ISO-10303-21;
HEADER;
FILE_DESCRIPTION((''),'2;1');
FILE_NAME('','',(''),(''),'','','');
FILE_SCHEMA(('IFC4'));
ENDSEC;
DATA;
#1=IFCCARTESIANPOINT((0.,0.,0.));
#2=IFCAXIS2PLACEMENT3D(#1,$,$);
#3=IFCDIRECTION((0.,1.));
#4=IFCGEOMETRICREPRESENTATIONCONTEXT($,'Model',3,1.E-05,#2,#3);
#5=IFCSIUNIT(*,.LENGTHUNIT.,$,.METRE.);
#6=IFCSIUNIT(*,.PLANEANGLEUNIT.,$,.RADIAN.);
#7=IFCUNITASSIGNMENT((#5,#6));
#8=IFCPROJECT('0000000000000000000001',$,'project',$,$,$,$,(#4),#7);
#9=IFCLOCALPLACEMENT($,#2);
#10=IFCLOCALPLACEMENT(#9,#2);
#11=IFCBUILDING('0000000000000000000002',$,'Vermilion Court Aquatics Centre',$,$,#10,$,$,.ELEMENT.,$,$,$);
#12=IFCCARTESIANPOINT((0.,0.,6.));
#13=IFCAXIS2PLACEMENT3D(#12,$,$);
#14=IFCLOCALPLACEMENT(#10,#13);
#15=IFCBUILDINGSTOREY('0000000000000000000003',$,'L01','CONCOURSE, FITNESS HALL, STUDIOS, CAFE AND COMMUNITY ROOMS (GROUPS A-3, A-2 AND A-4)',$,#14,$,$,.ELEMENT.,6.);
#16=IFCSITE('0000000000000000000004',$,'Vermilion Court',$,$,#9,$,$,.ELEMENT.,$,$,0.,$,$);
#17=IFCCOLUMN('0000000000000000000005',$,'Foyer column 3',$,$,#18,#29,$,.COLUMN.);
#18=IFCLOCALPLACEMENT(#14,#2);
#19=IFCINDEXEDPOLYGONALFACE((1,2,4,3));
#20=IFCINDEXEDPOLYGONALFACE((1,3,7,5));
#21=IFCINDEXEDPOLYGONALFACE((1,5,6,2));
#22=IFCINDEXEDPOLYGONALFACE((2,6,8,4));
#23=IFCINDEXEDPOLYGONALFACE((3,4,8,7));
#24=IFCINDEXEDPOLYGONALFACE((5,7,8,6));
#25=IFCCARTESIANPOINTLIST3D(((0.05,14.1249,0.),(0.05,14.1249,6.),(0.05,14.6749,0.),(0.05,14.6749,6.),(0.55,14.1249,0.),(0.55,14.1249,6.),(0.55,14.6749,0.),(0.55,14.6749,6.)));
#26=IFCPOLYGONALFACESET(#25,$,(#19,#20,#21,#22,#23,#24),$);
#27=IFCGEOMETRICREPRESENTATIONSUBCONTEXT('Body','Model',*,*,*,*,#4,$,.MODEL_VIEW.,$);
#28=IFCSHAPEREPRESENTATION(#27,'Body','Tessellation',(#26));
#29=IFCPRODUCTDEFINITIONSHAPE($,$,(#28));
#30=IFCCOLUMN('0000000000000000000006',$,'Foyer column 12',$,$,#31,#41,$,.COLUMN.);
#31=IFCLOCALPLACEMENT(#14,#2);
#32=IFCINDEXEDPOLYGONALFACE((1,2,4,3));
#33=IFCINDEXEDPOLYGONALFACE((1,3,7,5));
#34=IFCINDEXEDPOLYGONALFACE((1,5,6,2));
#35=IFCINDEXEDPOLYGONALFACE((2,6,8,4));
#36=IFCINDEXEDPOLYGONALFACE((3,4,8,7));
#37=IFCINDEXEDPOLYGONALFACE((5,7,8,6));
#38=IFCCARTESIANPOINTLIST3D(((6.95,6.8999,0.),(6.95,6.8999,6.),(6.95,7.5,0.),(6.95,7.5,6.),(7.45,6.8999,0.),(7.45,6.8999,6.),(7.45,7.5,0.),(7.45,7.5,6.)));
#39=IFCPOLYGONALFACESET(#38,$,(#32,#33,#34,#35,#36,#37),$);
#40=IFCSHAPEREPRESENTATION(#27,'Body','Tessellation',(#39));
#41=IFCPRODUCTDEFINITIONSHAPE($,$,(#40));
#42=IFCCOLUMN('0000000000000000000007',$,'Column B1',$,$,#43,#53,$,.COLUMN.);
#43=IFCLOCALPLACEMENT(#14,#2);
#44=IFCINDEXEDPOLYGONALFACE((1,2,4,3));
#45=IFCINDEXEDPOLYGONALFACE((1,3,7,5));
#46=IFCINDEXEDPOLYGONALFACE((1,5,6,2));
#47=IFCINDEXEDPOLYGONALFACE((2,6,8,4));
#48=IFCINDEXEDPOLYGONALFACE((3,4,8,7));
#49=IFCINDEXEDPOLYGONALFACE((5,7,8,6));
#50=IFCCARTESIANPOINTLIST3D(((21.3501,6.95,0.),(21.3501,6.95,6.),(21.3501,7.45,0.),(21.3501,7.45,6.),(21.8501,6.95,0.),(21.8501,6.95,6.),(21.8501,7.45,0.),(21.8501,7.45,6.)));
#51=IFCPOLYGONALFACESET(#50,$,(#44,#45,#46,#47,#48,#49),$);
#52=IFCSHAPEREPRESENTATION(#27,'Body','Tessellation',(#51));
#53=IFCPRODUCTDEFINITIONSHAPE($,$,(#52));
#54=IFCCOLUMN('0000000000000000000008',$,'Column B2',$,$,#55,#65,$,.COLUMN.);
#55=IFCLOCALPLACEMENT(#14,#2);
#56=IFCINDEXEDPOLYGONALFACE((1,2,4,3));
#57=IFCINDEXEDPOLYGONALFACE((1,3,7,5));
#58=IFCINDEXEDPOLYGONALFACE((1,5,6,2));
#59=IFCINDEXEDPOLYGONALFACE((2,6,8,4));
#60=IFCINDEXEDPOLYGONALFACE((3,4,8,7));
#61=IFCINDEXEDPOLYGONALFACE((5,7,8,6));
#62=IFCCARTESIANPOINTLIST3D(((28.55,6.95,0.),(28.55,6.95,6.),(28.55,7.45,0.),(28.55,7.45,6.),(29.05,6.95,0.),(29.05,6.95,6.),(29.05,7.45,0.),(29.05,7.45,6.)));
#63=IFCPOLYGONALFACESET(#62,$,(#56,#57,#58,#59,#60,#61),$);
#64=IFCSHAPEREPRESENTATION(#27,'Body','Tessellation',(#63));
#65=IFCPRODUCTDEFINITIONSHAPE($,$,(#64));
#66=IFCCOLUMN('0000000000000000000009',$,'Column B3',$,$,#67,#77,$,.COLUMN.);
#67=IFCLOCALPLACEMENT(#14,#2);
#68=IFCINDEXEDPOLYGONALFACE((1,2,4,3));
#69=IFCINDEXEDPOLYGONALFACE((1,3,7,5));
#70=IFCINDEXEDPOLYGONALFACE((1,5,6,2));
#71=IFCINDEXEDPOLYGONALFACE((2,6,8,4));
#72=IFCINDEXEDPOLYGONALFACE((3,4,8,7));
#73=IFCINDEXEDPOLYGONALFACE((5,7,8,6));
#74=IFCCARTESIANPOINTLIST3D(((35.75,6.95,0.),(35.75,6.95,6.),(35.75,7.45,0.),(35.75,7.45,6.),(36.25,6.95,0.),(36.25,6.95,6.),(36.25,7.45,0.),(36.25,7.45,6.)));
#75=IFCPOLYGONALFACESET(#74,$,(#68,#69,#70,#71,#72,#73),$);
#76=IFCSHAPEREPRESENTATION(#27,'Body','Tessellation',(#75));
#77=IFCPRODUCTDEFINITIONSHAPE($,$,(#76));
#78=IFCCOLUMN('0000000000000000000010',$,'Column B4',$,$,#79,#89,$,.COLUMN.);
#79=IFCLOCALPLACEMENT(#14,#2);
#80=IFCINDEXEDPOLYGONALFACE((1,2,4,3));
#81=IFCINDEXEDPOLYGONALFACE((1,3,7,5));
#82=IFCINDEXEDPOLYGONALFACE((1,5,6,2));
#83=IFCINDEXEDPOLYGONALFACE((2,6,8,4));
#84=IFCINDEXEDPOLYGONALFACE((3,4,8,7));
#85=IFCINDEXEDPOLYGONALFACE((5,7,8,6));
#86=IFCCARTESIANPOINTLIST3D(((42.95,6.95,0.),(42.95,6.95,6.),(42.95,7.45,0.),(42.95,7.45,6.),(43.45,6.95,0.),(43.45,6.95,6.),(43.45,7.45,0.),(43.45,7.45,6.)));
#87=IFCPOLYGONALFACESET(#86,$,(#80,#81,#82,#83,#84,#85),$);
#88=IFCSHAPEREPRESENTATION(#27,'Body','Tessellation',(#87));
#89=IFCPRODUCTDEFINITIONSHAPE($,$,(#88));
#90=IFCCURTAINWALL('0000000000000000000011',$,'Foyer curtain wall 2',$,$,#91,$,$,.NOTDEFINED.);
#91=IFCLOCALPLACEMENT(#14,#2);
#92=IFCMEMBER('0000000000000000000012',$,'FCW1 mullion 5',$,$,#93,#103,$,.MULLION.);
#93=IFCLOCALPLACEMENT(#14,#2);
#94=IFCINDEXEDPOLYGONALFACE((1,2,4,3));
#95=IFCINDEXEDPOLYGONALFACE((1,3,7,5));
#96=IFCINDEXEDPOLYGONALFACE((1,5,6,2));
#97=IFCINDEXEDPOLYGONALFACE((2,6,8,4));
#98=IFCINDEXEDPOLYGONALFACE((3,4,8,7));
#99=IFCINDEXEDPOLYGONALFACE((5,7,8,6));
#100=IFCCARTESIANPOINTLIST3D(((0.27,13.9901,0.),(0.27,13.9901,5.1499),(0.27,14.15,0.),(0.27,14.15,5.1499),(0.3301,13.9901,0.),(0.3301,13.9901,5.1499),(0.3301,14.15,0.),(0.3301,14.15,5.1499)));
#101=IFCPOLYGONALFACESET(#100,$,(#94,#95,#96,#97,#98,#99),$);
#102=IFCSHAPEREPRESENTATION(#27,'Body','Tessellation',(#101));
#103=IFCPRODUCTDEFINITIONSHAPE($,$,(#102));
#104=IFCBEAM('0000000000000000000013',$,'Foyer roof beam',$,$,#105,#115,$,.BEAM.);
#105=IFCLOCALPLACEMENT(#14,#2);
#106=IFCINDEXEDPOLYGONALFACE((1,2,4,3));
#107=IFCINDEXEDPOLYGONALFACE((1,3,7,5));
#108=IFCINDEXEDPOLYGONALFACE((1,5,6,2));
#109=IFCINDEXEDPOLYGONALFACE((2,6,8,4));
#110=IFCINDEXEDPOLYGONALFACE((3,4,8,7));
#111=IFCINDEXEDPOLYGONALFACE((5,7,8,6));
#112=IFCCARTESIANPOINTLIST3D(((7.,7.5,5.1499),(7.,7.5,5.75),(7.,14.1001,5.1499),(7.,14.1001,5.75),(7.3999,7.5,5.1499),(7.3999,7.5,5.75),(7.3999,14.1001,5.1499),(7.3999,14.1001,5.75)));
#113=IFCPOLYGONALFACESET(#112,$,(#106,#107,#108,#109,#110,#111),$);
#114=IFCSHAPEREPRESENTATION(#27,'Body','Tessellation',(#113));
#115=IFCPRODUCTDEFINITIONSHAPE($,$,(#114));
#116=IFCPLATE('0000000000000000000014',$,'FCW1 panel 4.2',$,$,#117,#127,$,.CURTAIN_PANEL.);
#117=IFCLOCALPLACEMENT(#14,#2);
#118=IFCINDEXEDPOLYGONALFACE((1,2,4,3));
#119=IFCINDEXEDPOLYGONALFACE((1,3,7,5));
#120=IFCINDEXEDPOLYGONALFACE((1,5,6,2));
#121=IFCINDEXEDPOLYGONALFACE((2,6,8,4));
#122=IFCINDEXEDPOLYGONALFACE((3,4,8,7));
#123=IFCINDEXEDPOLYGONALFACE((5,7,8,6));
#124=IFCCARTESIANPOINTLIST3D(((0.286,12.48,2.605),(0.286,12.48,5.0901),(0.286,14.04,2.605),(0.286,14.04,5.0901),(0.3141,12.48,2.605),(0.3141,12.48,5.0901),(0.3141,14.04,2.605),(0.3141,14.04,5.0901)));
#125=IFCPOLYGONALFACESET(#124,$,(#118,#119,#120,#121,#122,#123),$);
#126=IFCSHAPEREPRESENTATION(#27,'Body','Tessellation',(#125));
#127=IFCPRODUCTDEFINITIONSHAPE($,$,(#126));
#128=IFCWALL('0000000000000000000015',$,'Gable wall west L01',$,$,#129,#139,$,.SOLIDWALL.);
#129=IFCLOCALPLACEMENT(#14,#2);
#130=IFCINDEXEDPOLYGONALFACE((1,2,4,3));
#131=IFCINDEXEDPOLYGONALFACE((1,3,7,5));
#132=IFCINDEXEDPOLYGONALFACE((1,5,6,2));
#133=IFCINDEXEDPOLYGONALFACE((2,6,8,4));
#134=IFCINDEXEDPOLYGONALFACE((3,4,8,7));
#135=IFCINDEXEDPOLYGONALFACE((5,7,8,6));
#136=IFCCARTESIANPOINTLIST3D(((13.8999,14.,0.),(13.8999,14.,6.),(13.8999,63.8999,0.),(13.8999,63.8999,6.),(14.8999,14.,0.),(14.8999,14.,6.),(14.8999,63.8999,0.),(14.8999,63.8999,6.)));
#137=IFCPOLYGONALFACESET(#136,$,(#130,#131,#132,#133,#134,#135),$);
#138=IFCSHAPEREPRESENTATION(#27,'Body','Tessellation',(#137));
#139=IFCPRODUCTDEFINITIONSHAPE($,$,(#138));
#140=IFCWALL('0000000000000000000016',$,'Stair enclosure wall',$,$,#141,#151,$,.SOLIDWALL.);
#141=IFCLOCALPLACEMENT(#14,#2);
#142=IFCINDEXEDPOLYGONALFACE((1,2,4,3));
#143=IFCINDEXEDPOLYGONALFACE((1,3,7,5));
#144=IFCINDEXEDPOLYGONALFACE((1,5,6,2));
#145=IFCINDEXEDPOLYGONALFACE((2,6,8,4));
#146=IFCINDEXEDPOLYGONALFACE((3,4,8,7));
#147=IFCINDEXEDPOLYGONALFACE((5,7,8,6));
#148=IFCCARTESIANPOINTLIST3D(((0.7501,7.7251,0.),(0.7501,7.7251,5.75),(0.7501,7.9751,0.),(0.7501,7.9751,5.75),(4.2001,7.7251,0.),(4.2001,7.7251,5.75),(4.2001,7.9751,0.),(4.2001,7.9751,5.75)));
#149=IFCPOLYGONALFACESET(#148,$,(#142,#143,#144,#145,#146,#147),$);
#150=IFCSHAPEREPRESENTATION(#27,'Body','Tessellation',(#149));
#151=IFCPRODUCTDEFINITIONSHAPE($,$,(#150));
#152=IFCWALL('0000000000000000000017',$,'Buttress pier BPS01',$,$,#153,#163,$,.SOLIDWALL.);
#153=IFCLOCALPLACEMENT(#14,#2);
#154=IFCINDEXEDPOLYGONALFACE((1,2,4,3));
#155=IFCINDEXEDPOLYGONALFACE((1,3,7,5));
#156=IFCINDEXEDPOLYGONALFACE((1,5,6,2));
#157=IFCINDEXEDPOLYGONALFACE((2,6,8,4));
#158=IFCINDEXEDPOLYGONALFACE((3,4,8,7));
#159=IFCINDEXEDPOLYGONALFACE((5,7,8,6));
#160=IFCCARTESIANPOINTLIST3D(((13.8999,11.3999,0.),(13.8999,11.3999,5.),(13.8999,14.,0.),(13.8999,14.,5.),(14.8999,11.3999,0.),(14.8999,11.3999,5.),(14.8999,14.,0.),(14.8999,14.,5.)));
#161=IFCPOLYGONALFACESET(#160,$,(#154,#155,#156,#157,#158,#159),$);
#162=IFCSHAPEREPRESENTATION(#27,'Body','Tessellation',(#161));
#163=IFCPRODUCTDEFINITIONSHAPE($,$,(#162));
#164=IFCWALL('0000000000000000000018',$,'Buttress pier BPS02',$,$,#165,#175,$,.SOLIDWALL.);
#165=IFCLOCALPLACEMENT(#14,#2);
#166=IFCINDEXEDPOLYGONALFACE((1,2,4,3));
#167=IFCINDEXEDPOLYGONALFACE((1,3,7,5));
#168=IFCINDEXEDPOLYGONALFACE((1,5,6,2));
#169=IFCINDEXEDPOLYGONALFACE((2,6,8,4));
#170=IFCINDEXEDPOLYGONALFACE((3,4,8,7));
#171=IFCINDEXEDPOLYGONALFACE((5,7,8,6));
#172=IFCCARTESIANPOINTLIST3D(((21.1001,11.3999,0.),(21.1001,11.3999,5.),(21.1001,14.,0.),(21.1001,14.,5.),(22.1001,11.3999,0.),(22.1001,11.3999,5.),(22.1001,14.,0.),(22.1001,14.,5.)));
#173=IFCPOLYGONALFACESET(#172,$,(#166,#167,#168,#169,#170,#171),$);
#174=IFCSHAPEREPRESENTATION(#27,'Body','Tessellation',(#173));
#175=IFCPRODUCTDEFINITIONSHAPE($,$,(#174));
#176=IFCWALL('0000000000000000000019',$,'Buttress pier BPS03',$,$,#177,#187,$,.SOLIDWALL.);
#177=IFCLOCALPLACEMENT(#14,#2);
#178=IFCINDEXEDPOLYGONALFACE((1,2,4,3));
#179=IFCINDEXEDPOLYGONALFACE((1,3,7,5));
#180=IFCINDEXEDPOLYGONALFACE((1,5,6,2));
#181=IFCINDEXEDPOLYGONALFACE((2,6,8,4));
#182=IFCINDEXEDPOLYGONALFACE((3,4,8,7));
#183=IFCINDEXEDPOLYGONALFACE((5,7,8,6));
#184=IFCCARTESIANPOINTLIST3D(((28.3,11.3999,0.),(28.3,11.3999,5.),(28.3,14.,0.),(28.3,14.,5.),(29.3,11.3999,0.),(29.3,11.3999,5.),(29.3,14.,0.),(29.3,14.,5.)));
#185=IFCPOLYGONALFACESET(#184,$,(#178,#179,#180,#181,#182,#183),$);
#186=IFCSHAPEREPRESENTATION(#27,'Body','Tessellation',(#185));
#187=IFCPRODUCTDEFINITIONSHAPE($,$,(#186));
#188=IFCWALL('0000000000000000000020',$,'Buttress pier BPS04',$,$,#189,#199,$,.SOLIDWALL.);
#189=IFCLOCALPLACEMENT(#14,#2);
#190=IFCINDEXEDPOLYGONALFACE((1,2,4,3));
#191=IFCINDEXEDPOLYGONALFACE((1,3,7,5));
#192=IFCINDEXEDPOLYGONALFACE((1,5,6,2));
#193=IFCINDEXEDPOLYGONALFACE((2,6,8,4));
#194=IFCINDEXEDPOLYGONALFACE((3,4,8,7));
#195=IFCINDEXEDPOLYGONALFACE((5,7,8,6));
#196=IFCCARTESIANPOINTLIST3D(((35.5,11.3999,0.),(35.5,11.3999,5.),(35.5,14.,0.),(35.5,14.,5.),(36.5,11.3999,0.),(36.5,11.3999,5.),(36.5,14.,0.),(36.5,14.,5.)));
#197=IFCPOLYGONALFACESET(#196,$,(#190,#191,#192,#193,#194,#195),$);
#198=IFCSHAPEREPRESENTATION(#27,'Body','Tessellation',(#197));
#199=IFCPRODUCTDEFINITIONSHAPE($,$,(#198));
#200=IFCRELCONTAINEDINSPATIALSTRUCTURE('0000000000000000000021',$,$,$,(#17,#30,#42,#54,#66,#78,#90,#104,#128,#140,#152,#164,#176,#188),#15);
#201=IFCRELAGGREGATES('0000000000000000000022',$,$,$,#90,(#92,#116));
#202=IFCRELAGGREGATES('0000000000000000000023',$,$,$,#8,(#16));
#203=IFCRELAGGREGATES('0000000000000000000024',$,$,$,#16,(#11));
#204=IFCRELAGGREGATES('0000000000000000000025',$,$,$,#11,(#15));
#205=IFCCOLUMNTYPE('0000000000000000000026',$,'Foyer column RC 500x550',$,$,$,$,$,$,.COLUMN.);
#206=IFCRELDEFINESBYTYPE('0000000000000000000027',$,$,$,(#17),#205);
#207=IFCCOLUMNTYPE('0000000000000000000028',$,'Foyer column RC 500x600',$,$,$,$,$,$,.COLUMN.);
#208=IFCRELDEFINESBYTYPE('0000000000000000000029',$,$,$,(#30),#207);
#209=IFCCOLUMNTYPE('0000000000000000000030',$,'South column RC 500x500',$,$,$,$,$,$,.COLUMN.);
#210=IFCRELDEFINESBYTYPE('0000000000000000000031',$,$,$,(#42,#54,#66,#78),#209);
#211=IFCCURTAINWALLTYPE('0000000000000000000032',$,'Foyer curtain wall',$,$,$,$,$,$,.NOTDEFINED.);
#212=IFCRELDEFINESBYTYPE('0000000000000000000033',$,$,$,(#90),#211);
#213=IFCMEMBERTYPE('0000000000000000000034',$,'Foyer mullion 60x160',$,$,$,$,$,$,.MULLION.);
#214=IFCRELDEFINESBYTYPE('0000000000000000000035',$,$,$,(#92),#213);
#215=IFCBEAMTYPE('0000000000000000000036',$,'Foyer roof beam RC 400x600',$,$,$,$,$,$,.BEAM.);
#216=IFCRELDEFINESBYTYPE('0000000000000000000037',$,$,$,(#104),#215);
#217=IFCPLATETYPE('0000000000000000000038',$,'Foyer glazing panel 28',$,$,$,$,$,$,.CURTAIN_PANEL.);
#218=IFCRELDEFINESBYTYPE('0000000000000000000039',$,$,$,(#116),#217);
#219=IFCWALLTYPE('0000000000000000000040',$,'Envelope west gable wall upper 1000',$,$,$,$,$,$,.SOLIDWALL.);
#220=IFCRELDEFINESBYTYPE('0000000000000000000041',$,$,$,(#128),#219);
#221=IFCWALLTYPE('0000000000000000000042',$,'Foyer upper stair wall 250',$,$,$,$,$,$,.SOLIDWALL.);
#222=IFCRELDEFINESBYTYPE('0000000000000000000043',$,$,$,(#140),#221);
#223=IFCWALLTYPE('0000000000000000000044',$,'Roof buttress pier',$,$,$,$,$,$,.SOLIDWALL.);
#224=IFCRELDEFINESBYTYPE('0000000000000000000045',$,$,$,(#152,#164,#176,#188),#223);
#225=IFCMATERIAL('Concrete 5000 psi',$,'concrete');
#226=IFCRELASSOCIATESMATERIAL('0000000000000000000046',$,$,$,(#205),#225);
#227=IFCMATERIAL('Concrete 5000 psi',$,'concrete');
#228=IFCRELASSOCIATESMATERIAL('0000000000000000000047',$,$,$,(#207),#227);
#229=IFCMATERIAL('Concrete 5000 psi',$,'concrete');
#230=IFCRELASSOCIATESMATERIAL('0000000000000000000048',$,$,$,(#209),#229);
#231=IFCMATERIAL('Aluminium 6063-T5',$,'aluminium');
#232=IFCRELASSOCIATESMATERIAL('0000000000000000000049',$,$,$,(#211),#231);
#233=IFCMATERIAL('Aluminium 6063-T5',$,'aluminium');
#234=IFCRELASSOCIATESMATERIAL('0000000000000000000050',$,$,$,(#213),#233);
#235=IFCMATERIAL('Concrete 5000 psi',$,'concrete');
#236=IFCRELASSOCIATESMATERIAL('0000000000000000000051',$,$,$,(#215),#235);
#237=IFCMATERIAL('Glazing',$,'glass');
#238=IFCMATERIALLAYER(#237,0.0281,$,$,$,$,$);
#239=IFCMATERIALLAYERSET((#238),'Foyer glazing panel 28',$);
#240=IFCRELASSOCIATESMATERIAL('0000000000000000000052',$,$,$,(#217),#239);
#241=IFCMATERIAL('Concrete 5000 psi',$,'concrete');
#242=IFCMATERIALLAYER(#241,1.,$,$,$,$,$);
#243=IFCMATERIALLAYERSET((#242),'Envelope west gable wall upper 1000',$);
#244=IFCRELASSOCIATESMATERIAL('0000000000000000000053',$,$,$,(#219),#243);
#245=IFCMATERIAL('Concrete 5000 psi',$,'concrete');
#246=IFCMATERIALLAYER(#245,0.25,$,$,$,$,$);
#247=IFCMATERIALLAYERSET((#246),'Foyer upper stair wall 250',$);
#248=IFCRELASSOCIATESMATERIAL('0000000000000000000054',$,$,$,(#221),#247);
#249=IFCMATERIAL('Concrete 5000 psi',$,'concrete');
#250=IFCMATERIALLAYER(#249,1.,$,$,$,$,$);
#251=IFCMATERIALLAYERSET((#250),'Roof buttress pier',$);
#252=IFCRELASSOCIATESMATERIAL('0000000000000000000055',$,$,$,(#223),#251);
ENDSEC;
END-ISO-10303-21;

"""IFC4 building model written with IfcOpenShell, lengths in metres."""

from ifc_helpers import new_model, si_unit, direction, frame, frame_2d, origin, origin_2d, place, context, subcontext, project, spatial, rectangle, extrude, material, layer, layer_set, material_profile, profile_set, type_object, element, aggregate, save


model = new_model("IFC4")

# Units and contexts
model_context = context("Model", 3, precision=1e-05, world=origin(), true_north=direction((0.0, 1.0)))
body_context = subcontext(model_context, "Body", "Model", "MODEL_VIEW")
ifc_project = project(units=[si_unit("LENGTHUNIT", "METRE"), si_unit("PLANEANGLEUNIT", "RADIAN")], contexts=[model_context])

# Site, building, storey
site_placement = place(None, origin())
site = spatial("IfcSite", under=ifc_project, at=site_placement, Name="Vermilion Court", CompositionType="ELEMENT", RefElevation=0.0)
building_placement = place(site_placement, origin())
building = spatial("IfcBuilding", under=site, at=building_placement, Name="Vermilion Court Aquatics Centre", CompositionType="ELEMENT")
storey_placement = place(building_placement, frame((0.0, 0.0, 6.0)))
storey = spatial("IfcBuildingStorey", under=building, at=storey_placement, Name="L01", Description="CONCOURSE, FITNESS HALL, STUDIOS, CAFE AND COMMUNITY ROOMS (GROUPS A-3, A-2 AND A-4)", CompositionType="ELEMENT", Elevation=6.0)

# Columns
ifc_material_1 = material(Name="Concrete 5000 psi", Category="concrete")
ifc_material_profile_1 = material_profile(ifc_material_1, rectangle(XDim=0.5, YDim=0.55, at=origin_2d()), Name="RC 500x550")
ifc_profile_set_1 = profile_set([ifc_material_profile_1], Name="Concrete 5000 psi")
column_type_1 = type_object("IfcColumnType", Name="Foyer column RC 500x550", PredefinedType="COLUMN", material=ifc_profile_set_1)
column_1_placement = place(storey_placement, frame((0.3, 14.3999, 0.0), z_axis=(0.0, 0.0, 1.0), x_axis=(1.0, 0.0, 0.0)))
element("IfcColumn", 1, at=column_1_placement, inside=storey, type_object=column_type_1, Name="Foyer column 3", PredefinedType="COLUMN", context=body_context, shape_type="SweptSolid", body=[
    extrude(rectangle(XDim=0.5, YDim=0.55, at=origin_2d()), origin(), (0.0, 0.0, 1.0), 6.0),
])
ifc_material_2 = material(Name="Concrete 5000 psi", Category="concrete")
ifc_material_profile_2 = material_profile(ifc_material_2, rectangle(XDim=0.5, YDim=0.6001, at=origin_2d()), Name="RC 500x600")
ifc_profile_set_2 = profile_set([ifc_material_profile_2], Name="Concrete 5000 psi")
column_type_2 = type_object("IfcColumnType", Name="Foyer column RC 500x600", PredefinedType="COLUMN", material=ifc_profile_set_2)
column_2_placement = place(storey_placement, frame((7.2, 7.2, 0.0), z_axis=(0.0, 0.0, 1.0), x_axis=(1.0, 0.0, 0.0)))
element("IfcColumn", 2, at=column_2_placement, inside=storey, type_object=column_type_2, Name="Foyer column 12", PredefinedType="COLUMN", context=body_context, shape_type="SweptSolid", body=[
    extrude(rectangle(XDim=0.5, YDim=0.6001, at=origin_2d()), origin(), (0.0, 0.0, 1.0), 6.0),
])
ifc_material_3 = material(Name="Concrete 5000 psi", Category="concrete")
ifc_material_profile_3 = material_profile(ifc_material_3, rectangle(XDim=0.5, YDim=0.5, at=origin_2d()), Name="RC 500x500")
ifc_profile_set_3 = profile_set([ifc_material_profile_3], Name="Concrete 5000 psi")
column_type_3 = type_object("IfcColumnType", Name="South column RC 500x500", PredefinedType="COLUMN", material=ifc_profile_set_3)
for number, where, z_axis, x_axis, name in (
    (3, (21.6001, 7.2, 0.0), (0.0, 0.0, 1.0), (1.0, 0.0, 0.0), "Column B1"),
    (4, (28.8, 7.2, 0.0), (0.0, 0.0, 1.0), (1.0, 0.0, 0.0), "Column B2"),
    (5, (36.0, 7.2, 0.0), (0.0, 0.0, 1.0), (1.0, 0.0, 0.0), "Column B3"),
    (6, (43.2, 7.2, 0.0), (0.0, 0.0, 1.0), (1.0, 0.0, 0.0), "Column B4"),
):
    element("IfcColumn", number, at=place(storey_placement, frame(where, z_axis=z_axis, x_axis=x_axis)), inside=storey, type_object=column_type_3, Name=name, PredefinedType="COLUMN", context=body_context, shape_type="SweptSolid", body=[
        extrude(rectangle(XDim=0.5, YDim=0.5, at=origin_2d()), origin(), (0.0, 0.0, 1.0), 6.0),
    ])

# Curtain wall, member
ifc_material_4 = material(Name="Aluminium 6063-T5", Category="aluminium")
curtain_wall_type = type_object("IfcCurtainWallType", Name="Foyer curtain wall", PredefinedType="NOTDEFINED", material=ifc_material_4)
curtain_wall_placement = place(storey_placement, origin())
curtain_wall = element("IfcCurtainWall", 7, at=curtain_wall_placement, inside=storey, type_object=curtain_wall_type, Name="Foyer curtain wall 2", PredefinedType="NOTDEFINED")
ifc_material_5 = material(Name="Aluminium 6063-T5", Category="aluminium")
ifc_material_profile_4 = material_profile(ifc_material_5, rectangle(XDim=0.0601, YDim=0.1599, at=origin_2d()), Name="Aluminium 60x160")
ifc_profile_set_4 = profile_set([ifc_material_profile_4], Name="Aluminium 6063-T5")
member_type = type_object("IfcMemberType", Name="Foyer mullion 60x160", PredefinedType="MULLION", material=ifc_profile_set_4)
member_placement = place(storey_placement, frame((0.3, 14.0701, 0.0), z_axis=(0.0, 0.0, 1.0), x_axis=(-1.0, 0.0, 0.0)))
member = element("IfcMember", 8, at=member_placement, type_object=member_type, Name="FCW1 mullion 5", PredefinedType="MULLION", context=body_context, shape_type="SweptSolid", body=[
    extrude(rectangle(XDim=0.0601, YDim=0.1599, at=origin_2d()), origin(), (0.0, 0.0, 1.0), 5.1499),
])

# Beam
ifc_material_6 = material(Name="Concrete 5000 psi", Category="concrete")
ifc_material_profile_5 = material_profile(ifc_material_6, rectangle(XDim=0.3999, YDim=0.6001, at=origin_2d()), Name="RC 400x600")
ifc_profile_set_5 = profile_set([ifc_material_profile_5], Name="Concrete 5000 psi")
beam_type = type_object("IfcBeamType", Name="Foyer roof beam RC 400x600", PredefinedType="BEAM", material=ifc_profile_set_5)
beam_placement = place(storey_placement, frame((7.2, 7.5, 5.45), z_axis=(0.0, 1.0, 0.0), x_axis=(-1.0, 0.0, 0.0)))
element("IfcBeam", 9, at=beam_placement, inside=storey, type_object=beam_type, Name="Foyer roof beam", PredefinedType="BEAM", context=body_context, shape_type="SweptSolid", body=[
    extrude(rectangle(XDim=0.3999, YDim=0.6001, at=origin_2d()), origin(), (0.0, 0.0, 1.0), 6.6001),
])

# Plate
ifc_material_7 = material(Name="Glazing", Category="glass")
ifc_layer_1 = layer(ifc_material_7, 0.0281)
ifc_layer_set_1 = layer_set([ifc_layer_1], Name="Foyer glazing panel 28")
plate_type = type_object("IfcPlateType", Name="Foyer glazing panel 28", PredefinedType="CURTAIN_PANEL", material=ifc_layer_set_1)
plate_placement = place(storey_placement, frame((0.3, 13.26, 2.605), z_axis=(0.0, 0.0, 1.0), x_axis=(0.0, 1.0, 0.0)))
plate = element("IfcPlate", 10, at=plate_placement, type_object=plate_type, Name="FCW1 panel 4.2", PredefinedType="CURTAIN_PANEL", context=body_context, shape_type="SweptSolid", body=[
    extrude(rectangle(XDim=1.5601, YDim=0.0281, at=origin_2d()), origin(), (0.0, 0.0, 1.0), 2.4851),
])
aggregate(curtain_wall, [member, plate])

# Walls
ifc_material_8 = material(Name="Concrete 5000 psi", Category="concrete")
ifc_layer_2 = layer(ifc_material_8, 1.0)
ifc_layer_set_2 = layer_set([ifc_layer_2], Name="Envelope west gable wall upper 1000")
wall_type_1 = type_object("IfcWallType", Name="Envelope west gable wall upper 1000", PredefinedType="SOLIDWALL", material=ifc_layer_set_2)
wall_1_placement = place(storey_placement, frame((14.3999, 14.0, 0.0), z_axis=(0.0, 0.0, 1.0), x_axis=(0.0, 1.0, 0.0)))
element("IfcWall", 11, at=wall_1_placement, inside=storey, type_object=wall_type_1, Name="Gable wall west L01", PredefinedType="SOLIDWALL", context=body_context, shape_type="SweptSolid", body=[
    extrude(rectangle(XDim=49.8999, YDim=1.0, at=frame_2d((24.95, 0.0))), origin(), (0.0, 0.0, 1.0), 6.0),
])
ifc_material_9 = material(Name="Concrete 5000 psi", Category="concrete")
ifc_layer_3 = layer(ifc_material_9, 0.25)
ifc_layer_set_3 = layer_set([ifc_layer_3], Name="Foyer upper stair wall 250")
wall_type_2 = type_object("IfcWallType", Name="Foyer upper stair wall 250", PredefinedType="SOLIDWALL", material=ifc_layer_set_3)
wall_2_placement = place(storey_placement, frame((0.75, 7.8501, 0.0), z_axis=(0.0, 0.0, 1.0), x_axis=(1.0, 0.0, 0.0)))
element("IfcWall", 12, at=wall_2_placement, inside=storey, type_object=wall_type_2, Name="Stair enclosure wall", PredefinedType="SOLIDWALL", context=body_context, shape_type="SweptSolid", body=[
    extrude(rectangle(XDim=3.45, YDim=0.25, at=frame_2d((1.7251, 0.0))), origin(), (0.0, 0.0, 1.0), 5.75),
])
ifc_material_10 = material(Name="Concrete 5000 psi", Category="concrete")
ifc_layer_4 = layer(ifc_material_10, 1.0)
ifc_layer_set_4 = layer_set([ifc_layer_4], Name="Roof buttress pier")
wall_type_3 = type_object("IfcWallType", Name="Roof buttress pier", PredefinedType="SOLIDWALL", material=ifc_layer_set_4)
for number, where, z_axis, x_axis, name in (
    (13, (14.3999, 11.3999, 0.0), (0.0, 0.0, 1.0), (0.0, 1.0, 0.0), "Buttress pier BPS01"),
    (14, (21.6001, 11.3999, 0.0), (0.0, 0.0, 1.0), (0.0, 1.0, 0.0), "Buttress pier BPS02"),
    (15, (28.8, 11.3999, 0.0), (0.0, 0.0, 1.0), (0.0, 1.0, 0.0), "Buttress pier BPS03"),
    (16, (36.0, 11.3999, 0.0), (0.0, 0.0, 1.0), (0.0, 1.0, 0.0), "Buttress pier BPS04"),
):
    element("IfcWall", number, at=place(storey_placement, frame(where, z_axis=z_axis, x_axis=x_axis)), inside=storey, type_object=wall_type_3, Name=name, PredefinedType="SOLIDWALL", context=body_context, shape_type="SweptSolid", body=[
        extrude(rectangle(XDim=2.6001, YDim=1.0, at=frame_2d((1.3, 0.0))), origin(), (0.0, 0.0, 1.0), 5.0),
    ])

save(model, "model.ifc")
